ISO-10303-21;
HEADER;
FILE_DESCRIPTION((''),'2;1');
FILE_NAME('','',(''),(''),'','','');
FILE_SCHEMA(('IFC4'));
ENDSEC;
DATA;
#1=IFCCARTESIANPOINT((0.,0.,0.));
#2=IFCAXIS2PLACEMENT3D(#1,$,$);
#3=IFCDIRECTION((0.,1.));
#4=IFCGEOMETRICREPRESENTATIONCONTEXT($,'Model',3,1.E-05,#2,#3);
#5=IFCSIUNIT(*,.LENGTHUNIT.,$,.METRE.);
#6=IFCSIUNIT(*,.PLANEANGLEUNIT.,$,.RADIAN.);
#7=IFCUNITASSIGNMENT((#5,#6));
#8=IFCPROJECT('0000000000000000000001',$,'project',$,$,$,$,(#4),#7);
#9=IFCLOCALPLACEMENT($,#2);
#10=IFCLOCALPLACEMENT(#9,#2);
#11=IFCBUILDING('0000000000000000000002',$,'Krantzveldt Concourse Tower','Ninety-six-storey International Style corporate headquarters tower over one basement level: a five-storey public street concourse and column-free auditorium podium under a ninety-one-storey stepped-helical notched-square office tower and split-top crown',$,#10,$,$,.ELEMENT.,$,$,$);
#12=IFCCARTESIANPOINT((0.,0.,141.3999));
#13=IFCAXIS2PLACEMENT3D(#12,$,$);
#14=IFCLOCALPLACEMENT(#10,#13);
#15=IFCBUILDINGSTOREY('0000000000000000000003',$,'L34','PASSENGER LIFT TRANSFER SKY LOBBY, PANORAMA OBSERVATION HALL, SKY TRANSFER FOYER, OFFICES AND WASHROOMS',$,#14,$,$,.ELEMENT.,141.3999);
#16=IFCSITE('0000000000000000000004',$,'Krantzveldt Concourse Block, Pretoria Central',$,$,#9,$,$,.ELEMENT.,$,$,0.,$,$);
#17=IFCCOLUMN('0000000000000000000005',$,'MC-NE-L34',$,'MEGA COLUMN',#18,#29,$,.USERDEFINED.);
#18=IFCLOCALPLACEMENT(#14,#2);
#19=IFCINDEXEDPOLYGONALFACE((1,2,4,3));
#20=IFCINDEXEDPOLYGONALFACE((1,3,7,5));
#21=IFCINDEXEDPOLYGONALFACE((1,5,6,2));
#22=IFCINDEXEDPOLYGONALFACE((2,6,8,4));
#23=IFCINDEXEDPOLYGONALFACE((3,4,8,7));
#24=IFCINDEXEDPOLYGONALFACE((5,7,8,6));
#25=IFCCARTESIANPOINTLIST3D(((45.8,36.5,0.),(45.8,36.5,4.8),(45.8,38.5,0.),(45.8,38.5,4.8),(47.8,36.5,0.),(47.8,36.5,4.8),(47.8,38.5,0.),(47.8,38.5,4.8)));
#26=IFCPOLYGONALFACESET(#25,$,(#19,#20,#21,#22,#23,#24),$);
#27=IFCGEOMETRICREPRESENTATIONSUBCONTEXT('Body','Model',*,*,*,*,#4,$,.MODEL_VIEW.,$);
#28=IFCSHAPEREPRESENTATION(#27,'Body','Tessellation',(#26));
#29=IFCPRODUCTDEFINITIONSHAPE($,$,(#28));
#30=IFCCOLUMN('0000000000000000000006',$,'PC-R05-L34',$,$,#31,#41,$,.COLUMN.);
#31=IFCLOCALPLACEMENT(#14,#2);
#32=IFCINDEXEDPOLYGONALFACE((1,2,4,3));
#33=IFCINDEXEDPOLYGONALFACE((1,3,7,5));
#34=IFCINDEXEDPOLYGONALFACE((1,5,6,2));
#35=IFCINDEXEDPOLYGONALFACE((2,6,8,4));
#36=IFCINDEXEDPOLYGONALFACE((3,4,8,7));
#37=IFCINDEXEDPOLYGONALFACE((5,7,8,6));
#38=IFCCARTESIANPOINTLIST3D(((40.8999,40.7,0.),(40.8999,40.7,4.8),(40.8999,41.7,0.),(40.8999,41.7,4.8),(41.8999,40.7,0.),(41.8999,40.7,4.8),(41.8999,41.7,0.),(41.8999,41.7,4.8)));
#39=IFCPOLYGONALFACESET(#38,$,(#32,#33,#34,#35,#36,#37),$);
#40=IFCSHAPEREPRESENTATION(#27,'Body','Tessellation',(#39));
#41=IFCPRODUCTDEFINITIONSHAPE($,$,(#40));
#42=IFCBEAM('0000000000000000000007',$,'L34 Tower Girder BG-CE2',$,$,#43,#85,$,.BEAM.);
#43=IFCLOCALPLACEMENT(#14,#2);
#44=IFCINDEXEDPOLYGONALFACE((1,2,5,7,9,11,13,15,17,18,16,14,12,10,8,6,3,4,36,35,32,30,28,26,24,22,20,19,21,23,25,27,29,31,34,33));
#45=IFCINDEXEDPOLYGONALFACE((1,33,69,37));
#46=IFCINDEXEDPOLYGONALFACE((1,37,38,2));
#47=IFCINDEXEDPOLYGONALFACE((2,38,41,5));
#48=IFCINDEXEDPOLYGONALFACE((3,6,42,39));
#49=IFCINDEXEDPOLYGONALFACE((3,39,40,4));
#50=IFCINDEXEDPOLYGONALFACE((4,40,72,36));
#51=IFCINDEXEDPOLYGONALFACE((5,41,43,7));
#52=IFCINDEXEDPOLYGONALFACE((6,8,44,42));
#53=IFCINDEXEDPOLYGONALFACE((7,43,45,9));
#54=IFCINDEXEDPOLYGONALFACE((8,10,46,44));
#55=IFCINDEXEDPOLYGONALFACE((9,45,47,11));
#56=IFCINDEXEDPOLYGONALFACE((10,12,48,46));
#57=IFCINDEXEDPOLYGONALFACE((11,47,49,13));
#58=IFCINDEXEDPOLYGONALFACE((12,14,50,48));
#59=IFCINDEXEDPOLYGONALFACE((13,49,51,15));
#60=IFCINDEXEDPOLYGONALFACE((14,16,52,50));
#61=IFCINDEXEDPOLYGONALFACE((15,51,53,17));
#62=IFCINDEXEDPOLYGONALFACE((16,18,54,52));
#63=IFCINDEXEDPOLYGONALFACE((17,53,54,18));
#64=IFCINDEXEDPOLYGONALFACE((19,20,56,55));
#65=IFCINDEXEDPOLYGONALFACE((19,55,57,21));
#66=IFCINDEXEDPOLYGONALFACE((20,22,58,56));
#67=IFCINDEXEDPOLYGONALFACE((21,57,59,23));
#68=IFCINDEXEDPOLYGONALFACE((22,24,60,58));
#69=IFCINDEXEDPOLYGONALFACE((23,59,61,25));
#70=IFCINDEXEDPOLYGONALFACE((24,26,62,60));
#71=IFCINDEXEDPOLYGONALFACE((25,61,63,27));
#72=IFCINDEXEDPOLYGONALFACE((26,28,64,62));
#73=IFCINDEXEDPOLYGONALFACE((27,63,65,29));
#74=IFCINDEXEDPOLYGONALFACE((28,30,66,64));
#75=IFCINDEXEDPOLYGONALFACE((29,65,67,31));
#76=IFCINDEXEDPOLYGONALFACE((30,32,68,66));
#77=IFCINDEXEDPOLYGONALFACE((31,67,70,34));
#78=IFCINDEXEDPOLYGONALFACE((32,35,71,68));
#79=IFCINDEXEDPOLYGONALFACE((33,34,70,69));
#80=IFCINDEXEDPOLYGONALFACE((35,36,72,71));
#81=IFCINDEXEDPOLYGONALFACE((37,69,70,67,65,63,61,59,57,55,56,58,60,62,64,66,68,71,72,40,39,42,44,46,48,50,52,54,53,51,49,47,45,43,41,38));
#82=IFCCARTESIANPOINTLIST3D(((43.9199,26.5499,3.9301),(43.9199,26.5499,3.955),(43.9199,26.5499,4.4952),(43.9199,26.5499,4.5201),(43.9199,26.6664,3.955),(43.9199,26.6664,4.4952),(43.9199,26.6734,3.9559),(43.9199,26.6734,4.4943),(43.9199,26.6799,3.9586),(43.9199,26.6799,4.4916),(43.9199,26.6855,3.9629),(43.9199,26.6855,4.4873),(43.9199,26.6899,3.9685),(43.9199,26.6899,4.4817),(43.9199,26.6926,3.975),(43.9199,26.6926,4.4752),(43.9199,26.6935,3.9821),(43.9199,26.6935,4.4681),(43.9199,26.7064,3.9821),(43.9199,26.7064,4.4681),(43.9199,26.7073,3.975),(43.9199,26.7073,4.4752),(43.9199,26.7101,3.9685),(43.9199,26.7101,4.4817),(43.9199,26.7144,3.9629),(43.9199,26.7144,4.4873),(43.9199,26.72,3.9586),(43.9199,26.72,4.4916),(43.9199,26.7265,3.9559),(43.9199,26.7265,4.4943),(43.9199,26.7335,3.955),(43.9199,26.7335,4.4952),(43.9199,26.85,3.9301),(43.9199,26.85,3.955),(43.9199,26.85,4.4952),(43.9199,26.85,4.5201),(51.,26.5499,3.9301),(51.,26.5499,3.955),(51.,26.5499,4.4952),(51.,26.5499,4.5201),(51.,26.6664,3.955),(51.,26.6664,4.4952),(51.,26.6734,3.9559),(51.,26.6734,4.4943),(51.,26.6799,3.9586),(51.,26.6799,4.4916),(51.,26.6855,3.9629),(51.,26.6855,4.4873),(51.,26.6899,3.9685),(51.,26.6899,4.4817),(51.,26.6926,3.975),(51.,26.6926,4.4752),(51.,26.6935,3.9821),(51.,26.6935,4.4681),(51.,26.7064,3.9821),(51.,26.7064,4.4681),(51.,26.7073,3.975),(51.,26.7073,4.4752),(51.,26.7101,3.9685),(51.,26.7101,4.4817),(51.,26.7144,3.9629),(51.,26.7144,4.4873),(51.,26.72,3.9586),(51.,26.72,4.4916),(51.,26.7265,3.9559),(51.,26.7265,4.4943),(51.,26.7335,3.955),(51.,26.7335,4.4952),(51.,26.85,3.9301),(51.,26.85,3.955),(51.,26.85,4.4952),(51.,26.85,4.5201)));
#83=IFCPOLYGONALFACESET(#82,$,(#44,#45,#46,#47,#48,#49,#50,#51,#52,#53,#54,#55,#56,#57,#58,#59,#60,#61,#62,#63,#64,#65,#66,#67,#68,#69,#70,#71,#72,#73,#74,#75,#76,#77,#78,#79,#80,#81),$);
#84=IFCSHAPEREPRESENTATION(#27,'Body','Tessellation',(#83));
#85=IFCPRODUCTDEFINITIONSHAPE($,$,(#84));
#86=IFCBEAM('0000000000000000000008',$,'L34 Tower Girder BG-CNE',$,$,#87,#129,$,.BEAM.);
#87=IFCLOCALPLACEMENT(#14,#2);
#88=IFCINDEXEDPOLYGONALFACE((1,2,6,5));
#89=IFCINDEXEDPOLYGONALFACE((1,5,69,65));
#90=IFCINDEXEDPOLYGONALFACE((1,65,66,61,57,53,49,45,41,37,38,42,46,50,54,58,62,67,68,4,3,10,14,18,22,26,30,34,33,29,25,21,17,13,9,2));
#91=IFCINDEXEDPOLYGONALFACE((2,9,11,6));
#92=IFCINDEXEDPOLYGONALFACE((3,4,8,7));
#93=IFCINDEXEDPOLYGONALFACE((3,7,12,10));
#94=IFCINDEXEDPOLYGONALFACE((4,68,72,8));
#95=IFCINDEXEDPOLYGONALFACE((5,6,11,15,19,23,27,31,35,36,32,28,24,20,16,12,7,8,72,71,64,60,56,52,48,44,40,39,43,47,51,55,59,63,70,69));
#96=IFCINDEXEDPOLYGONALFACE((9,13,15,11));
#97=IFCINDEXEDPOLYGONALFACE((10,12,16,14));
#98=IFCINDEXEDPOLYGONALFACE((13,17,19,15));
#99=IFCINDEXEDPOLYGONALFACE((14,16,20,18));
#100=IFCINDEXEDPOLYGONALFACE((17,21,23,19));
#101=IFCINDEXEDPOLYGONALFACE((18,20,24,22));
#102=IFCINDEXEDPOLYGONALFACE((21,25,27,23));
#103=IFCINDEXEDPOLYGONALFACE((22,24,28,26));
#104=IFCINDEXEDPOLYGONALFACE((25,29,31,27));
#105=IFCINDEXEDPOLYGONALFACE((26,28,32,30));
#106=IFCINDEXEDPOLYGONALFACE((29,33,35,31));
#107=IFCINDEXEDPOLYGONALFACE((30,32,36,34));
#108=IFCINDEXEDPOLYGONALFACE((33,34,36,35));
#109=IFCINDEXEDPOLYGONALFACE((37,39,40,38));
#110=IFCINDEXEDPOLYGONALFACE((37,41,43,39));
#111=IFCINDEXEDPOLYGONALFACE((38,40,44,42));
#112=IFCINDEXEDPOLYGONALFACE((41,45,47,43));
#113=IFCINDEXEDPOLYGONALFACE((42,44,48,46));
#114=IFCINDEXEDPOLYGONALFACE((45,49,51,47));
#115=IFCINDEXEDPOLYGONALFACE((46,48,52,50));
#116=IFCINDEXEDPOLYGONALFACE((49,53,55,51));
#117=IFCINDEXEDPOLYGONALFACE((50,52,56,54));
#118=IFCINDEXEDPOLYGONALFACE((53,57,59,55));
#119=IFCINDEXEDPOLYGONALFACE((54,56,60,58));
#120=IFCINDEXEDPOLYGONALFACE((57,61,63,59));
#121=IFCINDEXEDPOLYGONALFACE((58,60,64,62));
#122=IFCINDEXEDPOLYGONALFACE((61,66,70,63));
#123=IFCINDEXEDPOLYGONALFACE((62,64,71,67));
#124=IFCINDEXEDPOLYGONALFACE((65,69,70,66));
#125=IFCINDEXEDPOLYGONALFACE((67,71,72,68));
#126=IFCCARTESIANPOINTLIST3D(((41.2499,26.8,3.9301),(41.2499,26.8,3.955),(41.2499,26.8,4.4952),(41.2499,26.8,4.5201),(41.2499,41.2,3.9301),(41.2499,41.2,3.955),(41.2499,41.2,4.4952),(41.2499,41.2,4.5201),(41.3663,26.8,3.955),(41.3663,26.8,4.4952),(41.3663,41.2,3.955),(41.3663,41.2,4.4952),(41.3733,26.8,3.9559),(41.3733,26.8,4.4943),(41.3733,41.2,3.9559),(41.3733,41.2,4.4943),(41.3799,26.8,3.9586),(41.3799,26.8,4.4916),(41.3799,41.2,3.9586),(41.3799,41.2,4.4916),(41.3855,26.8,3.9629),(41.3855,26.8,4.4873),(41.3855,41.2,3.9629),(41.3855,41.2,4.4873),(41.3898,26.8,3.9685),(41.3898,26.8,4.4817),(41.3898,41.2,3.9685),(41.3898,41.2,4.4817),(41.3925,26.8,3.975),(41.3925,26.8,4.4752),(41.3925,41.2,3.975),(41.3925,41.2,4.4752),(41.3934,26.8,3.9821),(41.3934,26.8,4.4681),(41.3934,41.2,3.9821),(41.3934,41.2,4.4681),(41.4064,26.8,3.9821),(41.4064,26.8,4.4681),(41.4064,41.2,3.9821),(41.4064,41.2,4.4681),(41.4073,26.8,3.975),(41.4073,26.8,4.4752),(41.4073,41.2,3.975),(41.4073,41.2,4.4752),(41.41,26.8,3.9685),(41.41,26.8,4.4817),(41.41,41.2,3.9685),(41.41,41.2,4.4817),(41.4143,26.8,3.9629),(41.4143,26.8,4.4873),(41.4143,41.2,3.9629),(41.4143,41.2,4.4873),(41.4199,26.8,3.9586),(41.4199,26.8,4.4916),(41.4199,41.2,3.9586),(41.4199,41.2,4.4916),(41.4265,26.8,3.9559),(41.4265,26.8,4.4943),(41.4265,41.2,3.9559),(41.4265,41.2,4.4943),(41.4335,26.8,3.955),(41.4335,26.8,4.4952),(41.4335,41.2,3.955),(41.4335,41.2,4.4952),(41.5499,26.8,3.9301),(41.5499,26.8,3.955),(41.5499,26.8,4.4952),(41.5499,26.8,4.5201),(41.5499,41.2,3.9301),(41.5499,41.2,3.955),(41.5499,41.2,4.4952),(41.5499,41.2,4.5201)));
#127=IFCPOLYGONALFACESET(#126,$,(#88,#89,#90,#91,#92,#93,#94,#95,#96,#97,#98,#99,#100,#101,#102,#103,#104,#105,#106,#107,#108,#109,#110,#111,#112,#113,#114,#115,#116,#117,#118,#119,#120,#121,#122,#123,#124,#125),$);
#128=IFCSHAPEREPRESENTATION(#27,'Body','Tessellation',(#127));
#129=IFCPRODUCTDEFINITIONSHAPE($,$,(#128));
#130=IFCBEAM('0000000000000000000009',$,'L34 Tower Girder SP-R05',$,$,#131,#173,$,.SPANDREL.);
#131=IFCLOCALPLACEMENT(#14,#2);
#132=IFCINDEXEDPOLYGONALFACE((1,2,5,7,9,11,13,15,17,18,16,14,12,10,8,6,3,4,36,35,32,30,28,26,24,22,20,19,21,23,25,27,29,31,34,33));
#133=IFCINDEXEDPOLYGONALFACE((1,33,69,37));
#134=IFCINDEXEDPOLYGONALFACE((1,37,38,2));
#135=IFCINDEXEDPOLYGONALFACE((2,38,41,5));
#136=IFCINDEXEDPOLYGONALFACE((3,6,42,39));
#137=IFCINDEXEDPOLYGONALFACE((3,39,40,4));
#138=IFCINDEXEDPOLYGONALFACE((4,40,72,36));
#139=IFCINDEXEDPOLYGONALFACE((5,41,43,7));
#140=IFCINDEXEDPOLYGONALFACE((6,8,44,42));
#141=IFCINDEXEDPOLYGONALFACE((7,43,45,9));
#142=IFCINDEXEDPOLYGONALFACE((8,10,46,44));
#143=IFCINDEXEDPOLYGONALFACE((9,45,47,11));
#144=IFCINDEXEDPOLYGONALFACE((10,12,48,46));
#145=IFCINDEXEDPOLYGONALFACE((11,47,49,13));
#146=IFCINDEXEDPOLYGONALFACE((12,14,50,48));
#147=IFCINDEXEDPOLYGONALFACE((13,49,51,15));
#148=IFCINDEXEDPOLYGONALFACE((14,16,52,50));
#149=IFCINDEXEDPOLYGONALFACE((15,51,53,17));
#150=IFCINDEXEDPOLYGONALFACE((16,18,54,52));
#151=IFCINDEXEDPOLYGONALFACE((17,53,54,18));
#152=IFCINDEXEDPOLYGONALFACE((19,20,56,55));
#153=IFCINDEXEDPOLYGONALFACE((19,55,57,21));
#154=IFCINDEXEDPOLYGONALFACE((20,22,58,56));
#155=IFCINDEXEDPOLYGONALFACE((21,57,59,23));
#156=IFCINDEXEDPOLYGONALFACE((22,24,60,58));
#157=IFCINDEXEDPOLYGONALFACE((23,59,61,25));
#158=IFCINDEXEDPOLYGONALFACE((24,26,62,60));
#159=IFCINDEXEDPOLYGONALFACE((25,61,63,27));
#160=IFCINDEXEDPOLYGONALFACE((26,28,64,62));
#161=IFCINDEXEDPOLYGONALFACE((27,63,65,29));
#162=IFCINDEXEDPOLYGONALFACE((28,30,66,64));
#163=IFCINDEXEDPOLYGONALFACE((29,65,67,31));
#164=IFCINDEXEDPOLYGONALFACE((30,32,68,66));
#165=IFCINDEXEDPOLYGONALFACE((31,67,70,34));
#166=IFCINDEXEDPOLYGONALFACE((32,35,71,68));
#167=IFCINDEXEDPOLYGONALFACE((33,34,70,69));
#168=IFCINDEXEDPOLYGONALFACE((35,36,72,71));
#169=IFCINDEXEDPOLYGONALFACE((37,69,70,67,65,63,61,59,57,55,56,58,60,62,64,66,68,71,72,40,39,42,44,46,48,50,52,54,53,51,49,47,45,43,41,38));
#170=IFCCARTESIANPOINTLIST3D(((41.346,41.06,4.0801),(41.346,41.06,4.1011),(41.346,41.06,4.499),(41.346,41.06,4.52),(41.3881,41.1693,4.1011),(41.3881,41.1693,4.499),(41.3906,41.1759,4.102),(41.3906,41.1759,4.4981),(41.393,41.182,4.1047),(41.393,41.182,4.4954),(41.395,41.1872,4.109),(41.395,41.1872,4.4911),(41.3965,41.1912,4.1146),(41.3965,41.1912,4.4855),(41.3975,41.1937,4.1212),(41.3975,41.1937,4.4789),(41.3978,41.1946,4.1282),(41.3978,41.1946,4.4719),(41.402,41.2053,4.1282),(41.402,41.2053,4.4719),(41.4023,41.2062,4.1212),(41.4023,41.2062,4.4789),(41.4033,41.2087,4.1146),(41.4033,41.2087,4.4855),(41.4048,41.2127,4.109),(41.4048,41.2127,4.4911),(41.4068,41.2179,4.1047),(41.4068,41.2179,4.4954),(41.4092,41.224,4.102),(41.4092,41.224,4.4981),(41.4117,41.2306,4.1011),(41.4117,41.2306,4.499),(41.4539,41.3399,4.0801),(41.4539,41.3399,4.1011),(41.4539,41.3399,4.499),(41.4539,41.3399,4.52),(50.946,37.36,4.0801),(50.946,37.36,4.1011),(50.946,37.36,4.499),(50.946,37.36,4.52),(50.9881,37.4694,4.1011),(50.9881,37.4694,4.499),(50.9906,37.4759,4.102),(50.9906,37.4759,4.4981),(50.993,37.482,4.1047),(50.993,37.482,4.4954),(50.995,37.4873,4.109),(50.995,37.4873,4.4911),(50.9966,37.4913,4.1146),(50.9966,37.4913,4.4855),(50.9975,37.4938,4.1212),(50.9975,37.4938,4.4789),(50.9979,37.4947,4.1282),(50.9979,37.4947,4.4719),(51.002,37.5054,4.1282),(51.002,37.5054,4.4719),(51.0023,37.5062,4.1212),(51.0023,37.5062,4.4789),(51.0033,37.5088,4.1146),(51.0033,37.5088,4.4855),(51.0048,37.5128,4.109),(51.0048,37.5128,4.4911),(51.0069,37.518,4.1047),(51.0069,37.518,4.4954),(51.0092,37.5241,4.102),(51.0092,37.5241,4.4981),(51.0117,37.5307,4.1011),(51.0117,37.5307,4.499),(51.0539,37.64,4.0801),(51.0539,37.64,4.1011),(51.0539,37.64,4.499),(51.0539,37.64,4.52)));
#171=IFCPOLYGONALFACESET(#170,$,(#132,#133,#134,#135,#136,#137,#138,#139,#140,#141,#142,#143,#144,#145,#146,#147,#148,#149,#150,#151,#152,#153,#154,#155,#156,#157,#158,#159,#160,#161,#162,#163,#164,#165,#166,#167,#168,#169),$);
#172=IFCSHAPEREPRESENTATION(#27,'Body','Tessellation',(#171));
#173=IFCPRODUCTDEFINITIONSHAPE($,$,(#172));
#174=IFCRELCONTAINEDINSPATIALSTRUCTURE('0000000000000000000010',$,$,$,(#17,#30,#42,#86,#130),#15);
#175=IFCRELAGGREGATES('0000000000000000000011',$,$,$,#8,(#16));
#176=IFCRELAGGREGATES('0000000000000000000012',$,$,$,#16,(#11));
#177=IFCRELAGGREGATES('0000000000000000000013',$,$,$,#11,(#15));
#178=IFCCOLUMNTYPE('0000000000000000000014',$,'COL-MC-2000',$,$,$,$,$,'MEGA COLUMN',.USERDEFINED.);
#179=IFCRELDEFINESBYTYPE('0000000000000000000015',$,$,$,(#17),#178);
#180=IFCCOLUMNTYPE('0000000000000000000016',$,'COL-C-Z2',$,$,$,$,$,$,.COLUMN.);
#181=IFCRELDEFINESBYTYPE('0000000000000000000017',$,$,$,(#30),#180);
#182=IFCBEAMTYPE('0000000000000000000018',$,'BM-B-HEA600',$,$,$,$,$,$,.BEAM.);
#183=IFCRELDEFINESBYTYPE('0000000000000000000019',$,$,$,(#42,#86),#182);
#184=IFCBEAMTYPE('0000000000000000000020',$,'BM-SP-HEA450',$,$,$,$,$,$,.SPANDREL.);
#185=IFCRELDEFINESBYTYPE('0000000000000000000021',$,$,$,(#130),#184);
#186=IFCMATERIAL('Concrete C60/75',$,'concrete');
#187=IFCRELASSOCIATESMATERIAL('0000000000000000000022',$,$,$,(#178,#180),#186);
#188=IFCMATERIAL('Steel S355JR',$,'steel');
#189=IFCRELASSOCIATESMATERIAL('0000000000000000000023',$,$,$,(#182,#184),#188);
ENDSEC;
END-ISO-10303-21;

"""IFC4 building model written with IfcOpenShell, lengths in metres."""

from ifc_helpers import new_model, si_unit, direction, frame, origin, origin_2d, place, context, subcontext, project, spatial, rectangle, i_section, extrude, source, transform, mapped, material, material_profile, profile_set, type_object, type_shapes, element, save


model = new_model("IFC4")

# Units and contexts
model_context = context("Model", 3, precision=1e-05, world=origin(), true_north=direction((0.0, 1.0)))
body_context = subcontext(model_context, "Body", "Model", "MODEL_VIEW")
ifc_project = project(units=[si_unit("LENGTHUNIT", "METRE"), si_unit("PLANEANGLEUNIT", "RADIAN")], contexts=[model_context])

# Site, building, storey
site_placement = place(None, origin())
site = spatial("IfcSite", under=ifc_project, at=site_placement, Name="Krantzveldt Concourse Block, Pretoria Central", CompositionType="ELEMENT", RefElevation=0.0)
building_placement = place(site_placement, origin())
building = spatial("IfcBuilding", under=site, at=building_placement, Name="Krantzveldt Concourse Tower", Description="Ninety-six-storey International Style corporate headquarters tower over one basement level: a five-storey public street concourse and column-free auditorium podium under a ninety-one-storey stepped-helical notched-square office tower and split-top crown", CompositionType="ELEMENT")
storey_placement = place(building_placement, frame((0.0, 0.0, 141.3999)))
storey = spatial("IfcBuildingStorey", under=building, at=storey_placement, Name="L34", Description="PASSENGER LIFT TRANSFER SKY LOBBY, PANORAMA OBSERVATION HALL, SKY TRANSFER FOYER, OFFICES AND WASHROOMS", CompositionType="ELEMENT", Elevation=141.3999)

# Columns
ifc_material_1 = material(Name="Concrete C60/75", Category="concrete")
ifc_material_profile_1 = material_profile(ifc_material_1, rectangle(XDim=2.0, YDim=2.0, at=origin_2d()), Name="Concrete C60/75", Category="concrete")
ifc_profile_set_1 = profile_set([ifc_material_profile_1], Name="Concrete C60/75 - RC 2000x2000")
column_type_1 = type_object("IfcColumnType", Name="COL-MC-2000", ElementType="MEGA COLUMN", PredefinedType="USERDEFINED", material=ifc_profile_set_1)
shared_shape_1 = source(origin(), body_context, "Body", "SweptSolid", [
    extrude(rectangle(XDim=2.0, YDim=2.0, at=origin_2d()), origin(), (0.0, 0.0, 1.0), 4.8),
])
type_shapes(column_type_1, [shared_shape_1])
column_1_placement = place(storey_placement, frame((46.8, 37.5, 0.0), z_axis=(0.0, 0.0, 1.0), x_axis=(1.0, 0.0, 0.0)))
element("IfcColumn", 1, at=column_1_placement, inside=storey, type_object=column_type_1, Name="MC-NE-L34", ObjectType="MEGA COLUMN", PredefinedType="USERDEFINED", context=body_context, shape_type="MappedRepresentation", body=[
    mapped(shared_shape_1, transform((0.0, 0.0, 0.0), x_axis=(1.0, 0.0, 0.0), y_axis=(0.0, 1.0, 0.0), z_axis=(0.0, 0.0, 1.0), scale=1.0)),
])
ifc_material_profile_2 = material_profile(ifc_material_1, rectangle(XDim=1.0, YDim=1.0, at=origin_2d()), Name="Concrete C60/75", Category="concrete")
ifc_profile_set_2 = profile_set([ifc_material_profile_2], Name="Concrete C60/75 - RC 1000x1000")
column_type_2 = type_object("IfcColumnType", Name="COL-C-Z2", PredefinedType="COLUMN", material=ifc_profile_set_2)
shared_shape_2 = source(origin(), body_context, "Body", "SweptSolid", [
    extrude(rectangle(XDim=1.0, YDim=1.0, at=origin_2d()), origin(), (0.0, 0.0, 1.0), 4.8),
])
type_shapes(column_type_2, [shared_shape_2])
column_2_placement = place(storey_placement, frame((41.3999, 41.2, 0.0), z_axis=(0.0, 0.0, 1.0), x_axis=(1.0, 0.0, 0.0)))
element("IfcColumn", 2, at=column_2_placement, inside=storey, type_object=column_type_2, Name="PC-R05-L34", PredefinedType="COLUMN", context=body_context, shape_type="MappedRepresentation", body=[
    mapped(shared_shape_2, transform((0.0, 0.0, 0.0), x_axis=(1.0, 0.0, 0.0), y_axis=(0.0, 1.0, 0.0), z_axis=(0.0, 0.0, 1.0), scale=1.0)),
])

# Beams
ifc_material_2 = material(Name="Steel S355JR", Category="steel")
ifc_material_profile_3 = material_profile(ifc_material_2, i_section(OverallWidth=0.3, OverallDepth=0.5901, WebThickness=0.0129, FlangeThickness=0.0249, FilletRadius=0.0271, at=origin_2d()), Name="Steel S355JR", Category="steel")
ifc_profile_set_3 = profile_set([ifc_material_profile_3], Name="Steel S355JR - HEA 600")
beam_type_1 = type_object("IfcBeamType", Name="BM-B-HEA600", PredefinedType="BEAM", material=ifc_profile_set_3)
shared_shape_3 = source(origin(), body_context, "Body", "SweptSolid", [
    extrude(i_section(OverallWidth=0.3, OverallDepth=0.5901, WebThickness=0.0129, FlangeThickness=0.0249, FilletRadius=0.0271, at=origin_2d()), origin(), (0.0, 0.0, 1.0), 7.0801),
])
beam_1_placement = place(storey_placement, frame((43.9199, 26.7, 4.2251), z_axis=(1.0, 0.0, 0.0), x_axis=(0.0, 1.0, 0.0)))
element("IfcBeam", 3, at=beam_1_placement, inside=storey, type_object=beam_type_1, Name="L34 Tower Girder BG-CE2", PredefinedType="BEAM", context=body_context, shape_type="MappedRepresentation", body=[
    mapped(shared_shape_3, transform((0.0, 0.0, 0.0), x_axis=(1.0, 0.0, 0.0), y_axis=(0.0, 1.0, 0.0), z_axis=(0.0, 0.0, 1.0), scale=1.0)),
])
shared_shape_4 = source(origin(), body_context, "Body", "SweptSolid", [
    extrude(i_section(OverallWidth=0.3, OverallDepth=0.5901, WebThickness=0.0129, FlangeThickness=0.0249, FilletRadius=0.0271, at=origin_2d()), origin(), (0.0, 0.0, 1.0), 14.3999),
])
beam_2_placement = place(storey_placement, frame((41.3999, 26.8, 4.2251), z_axis=(0.0, 1.0, 0.0), x_axis=(-1.0, 0.0, 0.0)))
element("IfcBeam", 4, at=beam_2_placement, inside=storey, type_object=beam_type_1, Name="L34 Tower Girder BG-CNE", PredefinedType="BEAM", context=body_context, shape_type="MappedRepresentation", body=[
    mapped(shared_shape_4, transform((0.0, 0.0, 0.0), x_axis=(1.0, 0.0, 0.0), y_axis=(0.0, 1.0, 0.0), z_axis=(0.0, 0.0, 1.0), scale=1.0)),
])
ifc_material_profile_4 = material_profile(ifc_material_2, i_section(OverallWidth=0.3, OverallDepth=0.4399, WebThickness=0.0115, FlangeThickness=0.021, FilletRadius=0.0271, at=origin_2d()), Name="Steel S355JR", Category="steel")
ifc_profile_set_4 = profile_set([ifc_material_profile_4], Name="Steel S355JR - HEA 450")
beam_type_2 = type_object("IfcBeamType", Name="BM-SP-HEA450", PredefinedType="SPANDREL", material=ifc_profile_set_4)
shared_shape_5 = source(origin(), body_context, "Body", "SweptSolid", [
    extrude(i_section(OverallWidth=0.3, OverallDepth=0.4399, WebThickness=0.0115, FlangeThickness=0.021, FilletRadius=0.0271, at=origin_2d()), origin(), (0.0, 0.0, 1.0), 10.2883),
])
type_shapes(beam_type_2, [shared_shape_5])
beam_3_placement = place(storey_placement, frame((41.3999, 41.2, 4.3), z_axis=(0.933098, -0.359623, 0.0), x_axis=(0.359623, 0.933098, 0.0)))
element("IfcBeam", 5, at=beam_3_placement, inside=storey, type_object=beam_type_2, Name="L34 Tower Girder SP-R05", PredefinedType="SPANDREL", context=body_context, shape_type="MappedRepresentation", body=[
    mapped(shared_shape_5, transform((0.0, 0.0, 0.0), x_axis=(1.0, 0.0, 0.0), y_axis=(0.0, 1.0, 0.0), z_axis=(0.0, 0.0, 1.0), scale=1.0)),
])

save(model, "model.ifc")
